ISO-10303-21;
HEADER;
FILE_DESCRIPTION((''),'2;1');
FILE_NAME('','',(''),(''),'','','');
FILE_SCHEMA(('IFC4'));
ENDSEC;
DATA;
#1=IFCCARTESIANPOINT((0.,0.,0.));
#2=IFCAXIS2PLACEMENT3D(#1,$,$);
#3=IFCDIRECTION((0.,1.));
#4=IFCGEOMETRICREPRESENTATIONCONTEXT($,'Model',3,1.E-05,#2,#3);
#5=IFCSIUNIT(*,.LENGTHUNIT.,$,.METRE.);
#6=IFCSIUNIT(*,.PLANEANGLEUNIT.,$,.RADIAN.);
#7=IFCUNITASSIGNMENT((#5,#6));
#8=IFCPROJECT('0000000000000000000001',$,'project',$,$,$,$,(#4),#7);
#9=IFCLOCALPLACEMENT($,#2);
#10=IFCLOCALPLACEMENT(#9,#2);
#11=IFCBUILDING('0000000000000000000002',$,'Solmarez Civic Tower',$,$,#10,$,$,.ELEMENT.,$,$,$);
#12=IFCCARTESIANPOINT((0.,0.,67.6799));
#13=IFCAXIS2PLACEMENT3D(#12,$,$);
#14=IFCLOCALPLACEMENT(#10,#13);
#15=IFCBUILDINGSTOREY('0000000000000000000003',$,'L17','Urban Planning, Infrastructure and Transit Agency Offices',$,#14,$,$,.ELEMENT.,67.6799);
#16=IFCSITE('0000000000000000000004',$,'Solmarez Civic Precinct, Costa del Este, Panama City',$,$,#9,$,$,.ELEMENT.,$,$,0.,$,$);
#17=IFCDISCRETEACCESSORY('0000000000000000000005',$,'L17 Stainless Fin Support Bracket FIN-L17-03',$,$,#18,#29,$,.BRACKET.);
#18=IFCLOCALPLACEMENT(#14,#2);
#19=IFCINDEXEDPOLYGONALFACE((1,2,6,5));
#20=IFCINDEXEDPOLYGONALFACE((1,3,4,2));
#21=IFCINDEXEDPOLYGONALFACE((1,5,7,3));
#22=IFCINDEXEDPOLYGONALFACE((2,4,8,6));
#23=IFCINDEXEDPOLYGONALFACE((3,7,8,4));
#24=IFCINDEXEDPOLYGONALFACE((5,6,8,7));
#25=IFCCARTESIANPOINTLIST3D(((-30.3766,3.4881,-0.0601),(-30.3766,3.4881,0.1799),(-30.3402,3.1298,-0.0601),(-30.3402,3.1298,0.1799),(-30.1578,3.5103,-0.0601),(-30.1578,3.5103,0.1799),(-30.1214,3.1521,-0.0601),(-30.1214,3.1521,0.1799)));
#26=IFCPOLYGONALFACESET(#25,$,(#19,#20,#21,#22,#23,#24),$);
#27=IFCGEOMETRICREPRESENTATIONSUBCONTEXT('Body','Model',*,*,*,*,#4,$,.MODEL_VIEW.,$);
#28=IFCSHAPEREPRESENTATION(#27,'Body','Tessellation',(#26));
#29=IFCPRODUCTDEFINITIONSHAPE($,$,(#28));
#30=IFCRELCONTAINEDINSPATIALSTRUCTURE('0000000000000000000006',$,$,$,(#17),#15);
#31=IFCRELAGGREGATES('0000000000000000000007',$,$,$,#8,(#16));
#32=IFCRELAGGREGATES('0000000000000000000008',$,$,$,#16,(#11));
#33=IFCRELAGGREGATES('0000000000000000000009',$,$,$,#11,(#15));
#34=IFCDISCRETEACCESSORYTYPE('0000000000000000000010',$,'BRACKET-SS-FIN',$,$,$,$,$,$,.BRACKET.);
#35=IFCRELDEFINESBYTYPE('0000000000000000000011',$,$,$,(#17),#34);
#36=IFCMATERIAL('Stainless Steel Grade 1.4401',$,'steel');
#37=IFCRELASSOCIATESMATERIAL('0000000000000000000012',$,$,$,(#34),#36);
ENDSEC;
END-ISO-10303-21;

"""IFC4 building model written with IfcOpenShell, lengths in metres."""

from ifc_helpers import new_model, si_unit, direction, frame, origin, origin_2d, place, context, subcontext, project, spatial, rectangle, extrude, material, type_object, element, save


model = new_model("IFC4")

# Units and contexts
model_context = context("Model", 3, precision=1e-05, world=origin(), true_north=direction((0.0, 1.0)))
body_context = subcontext(model_context, "Body", "Model", "MODEL_VIEW")
ifc_project = project(units=[si_unit("LENGTHUNIT", "METRE"), si_unit("PLANEANGLEUNIT", "RADIAN")], contexts=[model_context])

# Site, building, storey
site_placement = place(None, origin())
site = spatial("IfcSite", under=ifc_project, at=site_placement, Name="Solmarez Civic Precinct, Costa del Este, Panama City", CompositionType="ELEMENT", RefElevation=0.0)
building_placement = place(site_placement, origin())
building = spatial("IfcBuilding", under=site, at=building_placement, Name="Solmarez Civic Tower", CompositionType="ELEMENT")
storey_placement = place(building_placement, frame((0.0, 0.0, 67.6799)))
storey = spatial("IfcBuildingStorey", under=building, at=storey_placement, Name="L17", Description="Urban Planning, Infrastructure and Transit Agency Offices", CompositionType="ELEMENT", Elevation=67.6799)

# Discrete accessory
ifc_material_1 = material(Name="Stainless Steel Grade 1.4401", Category="steel")
discrete_accessory_type = type_object("IfcDiscreteAccessoryType", Name="BRACKET-SS-FIN", PredefinedType="BRACKET", material=ifc_material_1)
discrete_accessory_placement = place(storey_placement, frame((-30.249, 3.3201, -0.0601), z_axis=(0.0, 0.0, 1.0), x_axis=(-0.101091, 0.994877, 0.0)))
element("IfcDiscreteAccessory", 1, at=discrete_accessory_placement, inside=storey, type_object=discrete_accessory_type, Name="L17 Stainless Fin Support Bracket FIN-L17-03", PredefinedType="BRACKET", context=body_context, shape_type="SweptSolid", body=[
    extrude(rectangle(XDim=0.3601, YDim=0.22, at=origin_2d()), origin(), (0.0, 0.0, 1.0), 0.24),
])

save(model, "model.ifc")
